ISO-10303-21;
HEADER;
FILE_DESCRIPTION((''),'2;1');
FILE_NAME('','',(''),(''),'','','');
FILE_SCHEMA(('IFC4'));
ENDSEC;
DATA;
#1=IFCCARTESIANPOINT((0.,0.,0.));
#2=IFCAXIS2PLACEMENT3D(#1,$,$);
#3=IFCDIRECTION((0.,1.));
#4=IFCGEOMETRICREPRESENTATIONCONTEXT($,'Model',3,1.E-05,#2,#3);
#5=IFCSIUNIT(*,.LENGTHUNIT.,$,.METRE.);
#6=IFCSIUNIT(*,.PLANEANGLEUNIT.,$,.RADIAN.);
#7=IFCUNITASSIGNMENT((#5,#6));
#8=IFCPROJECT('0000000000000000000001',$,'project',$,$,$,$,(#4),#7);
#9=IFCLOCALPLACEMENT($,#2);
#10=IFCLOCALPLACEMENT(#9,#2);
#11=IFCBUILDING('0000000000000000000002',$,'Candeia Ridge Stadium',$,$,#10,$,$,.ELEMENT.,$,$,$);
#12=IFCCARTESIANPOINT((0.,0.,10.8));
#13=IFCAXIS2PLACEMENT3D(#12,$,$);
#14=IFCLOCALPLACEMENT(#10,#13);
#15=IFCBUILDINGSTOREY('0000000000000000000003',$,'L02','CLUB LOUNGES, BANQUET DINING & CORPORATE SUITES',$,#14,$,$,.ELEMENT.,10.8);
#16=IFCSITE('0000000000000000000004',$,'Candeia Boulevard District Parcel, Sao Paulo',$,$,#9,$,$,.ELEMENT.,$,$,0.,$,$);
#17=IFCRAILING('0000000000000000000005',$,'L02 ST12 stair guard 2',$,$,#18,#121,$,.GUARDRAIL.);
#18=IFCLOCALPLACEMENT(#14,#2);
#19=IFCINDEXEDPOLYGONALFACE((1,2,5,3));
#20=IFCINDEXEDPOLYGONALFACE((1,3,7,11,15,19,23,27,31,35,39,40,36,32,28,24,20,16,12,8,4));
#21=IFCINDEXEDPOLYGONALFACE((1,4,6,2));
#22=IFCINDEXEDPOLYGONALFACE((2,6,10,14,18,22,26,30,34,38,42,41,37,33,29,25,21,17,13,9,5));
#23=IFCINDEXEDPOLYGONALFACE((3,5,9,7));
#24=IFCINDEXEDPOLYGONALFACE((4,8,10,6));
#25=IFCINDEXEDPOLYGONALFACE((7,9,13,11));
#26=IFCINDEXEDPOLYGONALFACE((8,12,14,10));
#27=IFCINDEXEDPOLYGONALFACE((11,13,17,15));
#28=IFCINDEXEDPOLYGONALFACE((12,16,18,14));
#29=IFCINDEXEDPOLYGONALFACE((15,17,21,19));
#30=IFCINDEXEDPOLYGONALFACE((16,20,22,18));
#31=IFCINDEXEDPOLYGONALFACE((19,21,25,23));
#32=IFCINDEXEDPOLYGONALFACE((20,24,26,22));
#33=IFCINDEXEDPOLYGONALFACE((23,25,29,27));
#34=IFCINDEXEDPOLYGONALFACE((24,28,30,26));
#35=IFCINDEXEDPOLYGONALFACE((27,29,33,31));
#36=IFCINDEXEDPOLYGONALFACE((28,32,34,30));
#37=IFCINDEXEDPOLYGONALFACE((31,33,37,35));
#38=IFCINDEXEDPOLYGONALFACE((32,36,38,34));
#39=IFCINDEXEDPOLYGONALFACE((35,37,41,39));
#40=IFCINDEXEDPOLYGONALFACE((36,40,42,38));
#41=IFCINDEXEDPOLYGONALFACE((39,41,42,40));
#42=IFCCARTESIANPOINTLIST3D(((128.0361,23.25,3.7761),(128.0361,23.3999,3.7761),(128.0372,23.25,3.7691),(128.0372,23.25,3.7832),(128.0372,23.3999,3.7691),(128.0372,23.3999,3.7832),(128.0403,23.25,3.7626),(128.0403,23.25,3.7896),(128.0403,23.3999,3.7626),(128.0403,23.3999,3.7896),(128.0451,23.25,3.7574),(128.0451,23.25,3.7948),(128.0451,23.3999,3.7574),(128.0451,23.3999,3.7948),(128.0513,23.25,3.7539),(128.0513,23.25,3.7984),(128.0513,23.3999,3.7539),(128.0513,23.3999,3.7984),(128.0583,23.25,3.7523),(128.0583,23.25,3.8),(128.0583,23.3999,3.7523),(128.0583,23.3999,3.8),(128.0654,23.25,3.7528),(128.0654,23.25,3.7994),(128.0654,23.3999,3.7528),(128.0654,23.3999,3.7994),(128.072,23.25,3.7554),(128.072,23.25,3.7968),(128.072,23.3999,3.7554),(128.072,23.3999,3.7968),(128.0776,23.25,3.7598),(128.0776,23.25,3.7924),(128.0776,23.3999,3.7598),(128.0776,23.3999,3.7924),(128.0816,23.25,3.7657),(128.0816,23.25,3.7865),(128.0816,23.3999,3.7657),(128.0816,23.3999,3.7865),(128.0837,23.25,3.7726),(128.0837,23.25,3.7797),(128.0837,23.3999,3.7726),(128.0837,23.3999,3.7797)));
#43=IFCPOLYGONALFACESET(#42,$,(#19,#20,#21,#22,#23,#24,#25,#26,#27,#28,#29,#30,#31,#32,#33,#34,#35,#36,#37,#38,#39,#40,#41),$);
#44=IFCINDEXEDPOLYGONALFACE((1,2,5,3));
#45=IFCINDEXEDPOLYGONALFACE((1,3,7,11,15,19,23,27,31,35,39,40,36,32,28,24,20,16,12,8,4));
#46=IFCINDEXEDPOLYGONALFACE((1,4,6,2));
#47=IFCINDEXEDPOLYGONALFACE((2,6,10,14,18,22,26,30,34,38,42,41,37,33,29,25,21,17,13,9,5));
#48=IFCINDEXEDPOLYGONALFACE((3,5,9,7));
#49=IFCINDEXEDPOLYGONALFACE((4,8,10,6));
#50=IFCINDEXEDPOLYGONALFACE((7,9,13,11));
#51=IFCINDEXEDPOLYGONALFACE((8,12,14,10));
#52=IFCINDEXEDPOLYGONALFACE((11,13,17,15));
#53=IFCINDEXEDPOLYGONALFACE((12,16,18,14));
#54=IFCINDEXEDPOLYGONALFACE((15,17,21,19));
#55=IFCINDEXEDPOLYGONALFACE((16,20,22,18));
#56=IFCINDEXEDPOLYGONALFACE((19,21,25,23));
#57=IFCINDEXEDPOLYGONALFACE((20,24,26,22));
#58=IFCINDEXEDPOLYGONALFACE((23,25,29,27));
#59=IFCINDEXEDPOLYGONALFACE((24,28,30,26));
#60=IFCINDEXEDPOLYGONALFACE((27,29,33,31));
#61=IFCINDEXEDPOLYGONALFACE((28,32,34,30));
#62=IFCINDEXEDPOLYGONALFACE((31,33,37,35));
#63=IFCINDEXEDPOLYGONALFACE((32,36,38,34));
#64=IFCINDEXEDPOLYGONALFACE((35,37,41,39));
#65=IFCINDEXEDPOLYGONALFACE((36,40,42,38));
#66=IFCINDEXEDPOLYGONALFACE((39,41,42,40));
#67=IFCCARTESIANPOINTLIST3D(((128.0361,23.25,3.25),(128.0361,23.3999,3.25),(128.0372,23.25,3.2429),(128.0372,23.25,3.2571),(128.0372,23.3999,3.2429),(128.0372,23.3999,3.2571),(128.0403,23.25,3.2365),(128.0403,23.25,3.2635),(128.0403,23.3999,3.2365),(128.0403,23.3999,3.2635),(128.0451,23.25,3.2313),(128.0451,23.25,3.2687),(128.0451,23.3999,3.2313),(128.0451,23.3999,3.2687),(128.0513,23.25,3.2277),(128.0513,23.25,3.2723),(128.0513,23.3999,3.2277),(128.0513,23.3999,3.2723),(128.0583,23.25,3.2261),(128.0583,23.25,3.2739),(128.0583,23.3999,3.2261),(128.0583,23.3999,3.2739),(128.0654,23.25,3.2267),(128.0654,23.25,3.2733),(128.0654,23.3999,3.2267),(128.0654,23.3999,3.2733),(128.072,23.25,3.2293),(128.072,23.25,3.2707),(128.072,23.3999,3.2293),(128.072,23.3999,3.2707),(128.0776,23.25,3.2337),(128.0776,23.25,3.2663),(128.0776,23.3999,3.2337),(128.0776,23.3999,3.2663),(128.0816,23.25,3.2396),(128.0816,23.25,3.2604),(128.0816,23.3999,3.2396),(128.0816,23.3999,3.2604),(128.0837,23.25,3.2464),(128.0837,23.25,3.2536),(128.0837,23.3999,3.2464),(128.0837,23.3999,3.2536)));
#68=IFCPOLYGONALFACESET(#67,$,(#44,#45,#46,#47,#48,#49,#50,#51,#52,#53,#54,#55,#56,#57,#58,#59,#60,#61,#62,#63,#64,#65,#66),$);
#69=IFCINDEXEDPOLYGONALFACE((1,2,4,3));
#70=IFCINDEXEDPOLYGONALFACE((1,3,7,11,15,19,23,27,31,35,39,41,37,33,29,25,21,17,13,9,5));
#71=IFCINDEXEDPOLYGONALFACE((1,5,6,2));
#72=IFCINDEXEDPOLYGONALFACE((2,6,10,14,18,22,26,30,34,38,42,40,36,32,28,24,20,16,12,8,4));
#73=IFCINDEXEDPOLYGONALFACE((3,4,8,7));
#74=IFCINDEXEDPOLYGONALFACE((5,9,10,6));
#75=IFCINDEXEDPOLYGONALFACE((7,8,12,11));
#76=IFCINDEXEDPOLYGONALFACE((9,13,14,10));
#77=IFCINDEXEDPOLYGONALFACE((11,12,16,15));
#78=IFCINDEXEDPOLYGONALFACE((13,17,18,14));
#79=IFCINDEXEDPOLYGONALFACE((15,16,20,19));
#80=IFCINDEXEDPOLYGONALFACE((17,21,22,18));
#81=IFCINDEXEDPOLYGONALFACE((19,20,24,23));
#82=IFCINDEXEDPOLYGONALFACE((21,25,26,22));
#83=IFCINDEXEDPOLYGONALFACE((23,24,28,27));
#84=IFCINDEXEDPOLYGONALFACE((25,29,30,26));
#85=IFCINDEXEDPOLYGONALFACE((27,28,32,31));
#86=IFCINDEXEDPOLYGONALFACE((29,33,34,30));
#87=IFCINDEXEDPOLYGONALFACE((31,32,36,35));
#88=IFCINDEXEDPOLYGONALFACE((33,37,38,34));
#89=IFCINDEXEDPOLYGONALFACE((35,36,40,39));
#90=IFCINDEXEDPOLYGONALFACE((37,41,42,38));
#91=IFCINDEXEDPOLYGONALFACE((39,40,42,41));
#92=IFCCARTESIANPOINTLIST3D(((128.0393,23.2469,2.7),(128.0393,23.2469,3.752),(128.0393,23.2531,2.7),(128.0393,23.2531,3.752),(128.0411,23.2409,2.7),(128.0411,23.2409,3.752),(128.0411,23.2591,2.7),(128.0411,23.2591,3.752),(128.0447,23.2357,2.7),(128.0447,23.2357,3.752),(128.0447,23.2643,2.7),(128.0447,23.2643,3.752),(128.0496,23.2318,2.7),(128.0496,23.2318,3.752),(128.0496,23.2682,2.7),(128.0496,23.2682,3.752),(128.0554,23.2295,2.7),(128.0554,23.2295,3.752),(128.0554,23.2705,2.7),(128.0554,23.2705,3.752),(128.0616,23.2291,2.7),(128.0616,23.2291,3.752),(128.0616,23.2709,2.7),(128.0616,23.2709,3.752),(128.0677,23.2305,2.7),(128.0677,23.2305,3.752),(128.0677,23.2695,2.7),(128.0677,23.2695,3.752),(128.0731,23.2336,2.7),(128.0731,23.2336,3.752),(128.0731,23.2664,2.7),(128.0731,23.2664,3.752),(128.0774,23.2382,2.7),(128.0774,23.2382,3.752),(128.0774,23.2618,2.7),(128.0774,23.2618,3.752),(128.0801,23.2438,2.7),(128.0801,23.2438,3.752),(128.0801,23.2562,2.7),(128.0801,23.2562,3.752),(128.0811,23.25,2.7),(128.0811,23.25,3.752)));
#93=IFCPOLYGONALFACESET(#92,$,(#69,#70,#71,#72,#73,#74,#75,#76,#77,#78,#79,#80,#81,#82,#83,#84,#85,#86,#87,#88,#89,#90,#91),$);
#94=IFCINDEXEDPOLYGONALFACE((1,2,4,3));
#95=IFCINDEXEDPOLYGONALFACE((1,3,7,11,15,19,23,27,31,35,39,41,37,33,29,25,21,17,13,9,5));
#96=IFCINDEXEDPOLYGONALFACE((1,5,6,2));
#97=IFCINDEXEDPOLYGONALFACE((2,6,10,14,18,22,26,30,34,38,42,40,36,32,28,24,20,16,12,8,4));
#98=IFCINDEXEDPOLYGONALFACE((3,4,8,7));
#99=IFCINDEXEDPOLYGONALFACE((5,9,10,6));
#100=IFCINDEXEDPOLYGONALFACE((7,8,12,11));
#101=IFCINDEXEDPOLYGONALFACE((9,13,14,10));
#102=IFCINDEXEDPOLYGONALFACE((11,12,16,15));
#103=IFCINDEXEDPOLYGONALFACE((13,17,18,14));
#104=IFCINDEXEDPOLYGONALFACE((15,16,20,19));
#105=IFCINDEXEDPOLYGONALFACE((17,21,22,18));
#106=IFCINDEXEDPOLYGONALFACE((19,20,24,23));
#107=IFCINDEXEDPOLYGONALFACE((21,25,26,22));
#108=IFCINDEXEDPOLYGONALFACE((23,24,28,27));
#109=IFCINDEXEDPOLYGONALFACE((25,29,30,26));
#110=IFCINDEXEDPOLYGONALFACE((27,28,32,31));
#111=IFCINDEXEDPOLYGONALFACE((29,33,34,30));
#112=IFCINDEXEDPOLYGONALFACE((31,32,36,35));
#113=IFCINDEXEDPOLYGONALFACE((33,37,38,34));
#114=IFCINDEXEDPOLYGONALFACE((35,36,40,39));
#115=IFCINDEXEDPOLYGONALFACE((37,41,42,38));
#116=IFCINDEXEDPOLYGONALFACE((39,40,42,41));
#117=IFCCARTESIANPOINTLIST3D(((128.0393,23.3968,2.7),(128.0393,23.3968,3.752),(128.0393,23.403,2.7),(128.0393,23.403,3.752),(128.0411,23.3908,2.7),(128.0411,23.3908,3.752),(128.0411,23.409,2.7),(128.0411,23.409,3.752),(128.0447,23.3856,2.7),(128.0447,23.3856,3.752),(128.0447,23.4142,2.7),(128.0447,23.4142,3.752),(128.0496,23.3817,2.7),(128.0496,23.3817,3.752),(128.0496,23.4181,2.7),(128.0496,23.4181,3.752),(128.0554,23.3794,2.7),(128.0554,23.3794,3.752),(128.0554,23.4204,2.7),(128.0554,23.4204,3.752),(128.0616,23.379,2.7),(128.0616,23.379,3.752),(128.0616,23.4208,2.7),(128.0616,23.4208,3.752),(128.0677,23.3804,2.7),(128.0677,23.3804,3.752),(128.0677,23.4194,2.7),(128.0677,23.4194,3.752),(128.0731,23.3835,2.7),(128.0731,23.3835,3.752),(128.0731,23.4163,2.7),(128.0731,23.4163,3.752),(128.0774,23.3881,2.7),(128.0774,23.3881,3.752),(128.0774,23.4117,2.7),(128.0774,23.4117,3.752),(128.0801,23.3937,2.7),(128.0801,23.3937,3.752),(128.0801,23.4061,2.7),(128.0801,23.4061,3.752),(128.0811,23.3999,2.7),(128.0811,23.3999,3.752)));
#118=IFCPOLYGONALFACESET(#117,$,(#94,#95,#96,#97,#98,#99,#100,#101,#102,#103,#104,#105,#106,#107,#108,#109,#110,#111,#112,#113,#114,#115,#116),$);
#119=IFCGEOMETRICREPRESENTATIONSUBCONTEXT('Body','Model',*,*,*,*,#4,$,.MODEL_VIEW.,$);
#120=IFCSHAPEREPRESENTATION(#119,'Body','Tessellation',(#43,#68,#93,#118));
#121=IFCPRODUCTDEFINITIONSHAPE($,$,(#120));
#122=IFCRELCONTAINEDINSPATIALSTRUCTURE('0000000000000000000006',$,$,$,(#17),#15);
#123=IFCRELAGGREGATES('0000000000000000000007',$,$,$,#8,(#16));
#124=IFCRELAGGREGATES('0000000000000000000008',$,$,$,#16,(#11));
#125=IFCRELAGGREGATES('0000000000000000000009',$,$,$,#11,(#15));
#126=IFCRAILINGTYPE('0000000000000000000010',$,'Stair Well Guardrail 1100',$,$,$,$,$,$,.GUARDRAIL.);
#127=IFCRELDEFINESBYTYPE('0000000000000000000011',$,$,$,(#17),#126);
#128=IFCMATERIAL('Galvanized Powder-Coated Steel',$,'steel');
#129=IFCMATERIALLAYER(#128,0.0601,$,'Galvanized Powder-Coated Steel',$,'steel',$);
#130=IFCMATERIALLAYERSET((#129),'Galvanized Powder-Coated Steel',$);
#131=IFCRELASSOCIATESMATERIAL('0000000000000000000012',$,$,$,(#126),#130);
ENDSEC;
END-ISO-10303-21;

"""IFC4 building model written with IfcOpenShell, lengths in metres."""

from ifc_helpers import new_model, si_unit, direction, frame, origin, origin_2d, place, context, subcontext, project, spatial, circle, extrude, material, layer, layer_set, type_object, element, save


model = new_model("IFC4")

# Units and contexts
model_context = context("Model", 3, precision=1e-05, world=origin(), true_north=direction((0.0, 1.0)))
body_context = subcontext(model_context, "Body", "Model", "MODEL_VIEW")
ifc_project = project(units=[si_unit("LENGTHUNIT", "METRE"), si_unit("PLANEANGLEUNIT", "RADIAN")], contexts=[model_context])

# Site, building, storey
site_placement = place(None, origin())
site = spatial("IfcSite", under=ifc_project, at=site_placement, Name="Candeia Boulevard District Parcel, Sao Paulo", CompositionType="ELEMENT", RefElevation=0.0)
building_placement = place(site_placement, origin())
building = spatial("IfcBuilding", under=site, at=building_placement, Name="Candeia Ridge Stadium", CompositionType="ELEMENT")
storey_placement = place(building_placement, frame((0.0, 0.0, 10.8)))
storey = spatial("IfcBuildingStorey", under=building, at=storey_placement, Name="L02", Description="CLUB LOUNGES, BANQUET DINING & CORPORATE SUITES", CompositionType="ELEMENT", Elevation=10.8)

# Railing
ifc_material_1 = material(Name="Galvanized Powder-Coated Steel", Category="steel")
ifc_layer_1 = layer(ifc_material_1, 0.0601, Name="Galvanized Powder-Coated Steel", Category="steel")
ifc_layer_set_1 = layer_set([ifc_layer_1], Name="Galvanized Powder-Coated Steel")
railing_type_1 = type_object("IfcRailingType", Name="Stair Well Guardrail 1100", PredefinedType="GUARDRAIL", material=ifc_layer_set_1)
railing_1_placement = place(storey_placement, frame((128.0601, 23.25, 2.7)))
element("IfcRailing", 1, at=railing_1_placement, inside=storey, type_object=railing_type_1, Name="L02 ST12 stair guard 2", PredefinedType="GUARDRAIL", context=body_context, shape_type="SweptSolid", body=[
    extrude(circle(Radius=0.0239, at=origin_2d()), frame((0.0, 0.0, 1.0762), z_axis=(0.0, 1.0, 0.0), x_axis=(-1.0, 0.0, 0.0)), (0.0, 0.0, 1.0), 0.1499),
    extrude(circle(Radius=0.0239, at=origin_2d()), frame((0.0, 0.0, 0.55), z_axis=(0.0, 1.0, 0.0), x_axis=(-1.0, 0.0, 0.0)), (0.0, 0.0, 1.0), 0.1499),
    extrude(circle(Radius=0.021, at=origin_2d()), origin(), (0.0, 0.0, 1.0), 1.052),
    extrude(circle(Radius=0.021, at=origin_2d()), frame((0.0, 0.1499, 0.0)), (0.0, 0.0, 1.0), 1.052),
])

save(model, "model.ifc")
